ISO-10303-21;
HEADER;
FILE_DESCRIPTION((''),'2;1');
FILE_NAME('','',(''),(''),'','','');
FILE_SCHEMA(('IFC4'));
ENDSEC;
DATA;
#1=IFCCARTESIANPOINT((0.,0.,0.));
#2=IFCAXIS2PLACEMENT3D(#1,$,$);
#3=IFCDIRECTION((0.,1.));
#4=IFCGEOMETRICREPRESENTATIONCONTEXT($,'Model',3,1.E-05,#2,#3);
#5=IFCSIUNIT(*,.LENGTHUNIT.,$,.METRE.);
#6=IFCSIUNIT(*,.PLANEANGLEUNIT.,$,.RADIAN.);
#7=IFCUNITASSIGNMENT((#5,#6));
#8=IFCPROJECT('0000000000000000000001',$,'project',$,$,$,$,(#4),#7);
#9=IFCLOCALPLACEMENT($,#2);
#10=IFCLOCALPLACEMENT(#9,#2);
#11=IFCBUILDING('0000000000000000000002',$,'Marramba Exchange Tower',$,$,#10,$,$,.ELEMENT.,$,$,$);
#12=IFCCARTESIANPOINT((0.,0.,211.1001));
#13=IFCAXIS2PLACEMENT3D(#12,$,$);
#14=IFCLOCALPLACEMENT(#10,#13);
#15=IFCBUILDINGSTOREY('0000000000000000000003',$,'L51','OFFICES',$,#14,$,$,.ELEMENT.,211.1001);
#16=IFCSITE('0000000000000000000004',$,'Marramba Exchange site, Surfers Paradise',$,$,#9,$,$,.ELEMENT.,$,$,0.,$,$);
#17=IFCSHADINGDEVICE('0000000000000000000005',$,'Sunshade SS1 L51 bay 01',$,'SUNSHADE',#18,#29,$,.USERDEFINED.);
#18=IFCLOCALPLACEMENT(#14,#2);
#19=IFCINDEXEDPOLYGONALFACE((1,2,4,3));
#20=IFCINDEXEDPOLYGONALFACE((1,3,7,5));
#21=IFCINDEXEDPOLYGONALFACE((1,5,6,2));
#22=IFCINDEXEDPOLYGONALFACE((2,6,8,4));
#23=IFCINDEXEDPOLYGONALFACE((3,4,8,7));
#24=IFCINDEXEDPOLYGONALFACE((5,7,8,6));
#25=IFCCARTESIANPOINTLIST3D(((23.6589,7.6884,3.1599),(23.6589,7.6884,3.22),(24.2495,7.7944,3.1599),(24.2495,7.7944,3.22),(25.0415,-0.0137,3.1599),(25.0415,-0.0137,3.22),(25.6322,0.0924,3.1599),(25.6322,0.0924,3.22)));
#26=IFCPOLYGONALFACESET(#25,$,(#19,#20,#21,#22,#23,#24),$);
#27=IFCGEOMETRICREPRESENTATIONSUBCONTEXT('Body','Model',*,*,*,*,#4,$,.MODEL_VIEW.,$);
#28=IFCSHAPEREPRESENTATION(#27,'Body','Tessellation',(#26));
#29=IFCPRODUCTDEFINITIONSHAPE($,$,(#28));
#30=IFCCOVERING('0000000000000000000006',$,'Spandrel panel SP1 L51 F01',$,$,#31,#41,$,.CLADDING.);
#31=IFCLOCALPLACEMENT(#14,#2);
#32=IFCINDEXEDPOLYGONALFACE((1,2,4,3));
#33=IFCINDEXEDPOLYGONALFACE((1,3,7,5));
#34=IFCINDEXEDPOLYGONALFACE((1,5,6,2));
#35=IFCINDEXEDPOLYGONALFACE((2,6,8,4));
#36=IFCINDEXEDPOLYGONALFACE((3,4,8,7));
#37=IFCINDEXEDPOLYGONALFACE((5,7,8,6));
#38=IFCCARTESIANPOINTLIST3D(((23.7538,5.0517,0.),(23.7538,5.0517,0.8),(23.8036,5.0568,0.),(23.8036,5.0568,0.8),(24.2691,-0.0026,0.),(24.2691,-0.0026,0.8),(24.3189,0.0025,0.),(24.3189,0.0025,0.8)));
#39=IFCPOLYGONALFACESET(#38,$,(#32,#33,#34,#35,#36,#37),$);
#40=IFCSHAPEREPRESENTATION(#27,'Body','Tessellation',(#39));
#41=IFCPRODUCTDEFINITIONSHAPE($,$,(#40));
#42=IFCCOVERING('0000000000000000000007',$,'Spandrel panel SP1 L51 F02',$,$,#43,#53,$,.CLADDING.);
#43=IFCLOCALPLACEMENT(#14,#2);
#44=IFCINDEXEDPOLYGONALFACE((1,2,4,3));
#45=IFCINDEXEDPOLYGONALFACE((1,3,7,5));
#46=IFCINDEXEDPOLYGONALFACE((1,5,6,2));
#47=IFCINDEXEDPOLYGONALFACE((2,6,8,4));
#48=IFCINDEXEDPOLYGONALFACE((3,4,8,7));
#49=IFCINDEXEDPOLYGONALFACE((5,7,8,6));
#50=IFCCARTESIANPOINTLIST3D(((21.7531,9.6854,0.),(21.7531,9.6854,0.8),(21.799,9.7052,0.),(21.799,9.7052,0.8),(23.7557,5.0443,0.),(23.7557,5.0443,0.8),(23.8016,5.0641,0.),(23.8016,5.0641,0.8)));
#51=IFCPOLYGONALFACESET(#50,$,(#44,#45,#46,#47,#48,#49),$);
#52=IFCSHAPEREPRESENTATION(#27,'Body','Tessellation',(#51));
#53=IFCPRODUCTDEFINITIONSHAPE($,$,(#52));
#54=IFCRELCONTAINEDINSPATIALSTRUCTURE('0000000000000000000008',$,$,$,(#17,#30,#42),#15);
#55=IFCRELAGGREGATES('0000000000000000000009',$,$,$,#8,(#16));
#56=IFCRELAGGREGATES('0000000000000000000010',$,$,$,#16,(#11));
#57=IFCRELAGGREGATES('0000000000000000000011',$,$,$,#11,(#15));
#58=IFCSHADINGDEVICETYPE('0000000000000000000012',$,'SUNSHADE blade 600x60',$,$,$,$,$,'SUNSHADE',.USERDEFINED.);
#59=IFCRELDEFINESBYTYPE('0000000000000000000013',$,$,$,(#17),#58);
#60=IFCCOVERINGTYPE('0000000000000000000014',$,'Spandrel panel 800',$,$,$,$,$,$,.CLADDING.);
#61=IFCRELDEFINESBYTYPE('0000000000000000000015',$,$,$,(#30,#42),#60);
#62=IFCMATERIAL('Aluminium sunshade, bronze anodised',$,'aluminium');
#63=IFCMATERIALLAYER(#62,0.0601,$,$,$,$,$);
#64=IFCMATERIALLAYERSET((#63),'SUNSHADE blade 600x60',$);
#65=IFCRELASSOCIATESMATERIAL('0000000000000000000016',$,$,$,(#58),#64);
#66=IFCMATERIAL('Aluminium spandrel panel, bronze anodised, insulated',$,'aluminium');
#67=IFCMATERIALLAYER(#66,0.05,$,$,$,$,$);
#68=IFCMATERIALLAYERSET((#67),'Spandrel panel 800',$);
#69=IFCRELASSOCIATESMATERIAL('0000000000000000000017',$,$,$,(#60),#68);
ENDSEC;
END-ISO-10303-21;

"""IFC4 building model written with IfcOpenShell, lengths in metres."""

from ifc_helpers import new_model, si_unit, direction, frame, origin, origin_2d, place, context, subcontext, project, spatial, rectangle, extrude, material, layer, layer_set, type_object, element, save


model = new_model("IFC4")

# Units and contexts
model_context = context("Model", 3, precision=1e-05, world=origin(), true_north=direction((0.0, 1.0)))
body_context = subcontext(model_context, "Body", "Model", "MODEL_VIEW")
ifc_project = project(units=[si_unit("LENGTHUNIT", "METRE"), si_unit("PLANEANGLEUNIT", "RADIAN")], contexts=[model_context])

# Site, building, storey
site_placement = place(None, origin())
site = spatial("IfcSite", under=ifc_project, at=site_placement, Name="Marramba Exchange site, Surfers Paradise", CompositionType="ELEMENT", RefElevation=0.0)
building_placement = place(site_placement, origin())
building = spatial("IfcBuilding", under=site, at=building_placement, Name="Marramba Exchange Tower", CompositionType="ELEMENT")
storey_placement = place(building_placement, frame((0.0, 0.0, 211.1001)))
storey = spatial("IfcBuildingStorey", under=building, at=storey_placement, Name="L51", Description="OFFICES", CompositionType="ELEMENT", Elevation=211.1001)

# Shading device
ifc_material_1 = material(Name="Aluminium sunshade, bronze anodised", Category="aluminium")
ifc_layer_1 = layer(ifc_material_1, 0.0601)
ifc_layer_set_1 = layer_set([ifc_layer_1], Name="SUNSHADE blade 600x60")
shading_device_type_1 = type_object("IfcShadingDeviceType", Name="SUNSHADE blade 600x60", ElementType="SUNSHADE", PredefinedType="USERDEFINED", material=ifc_layer_set_1)
shading_device_1_placement = place(storey_placement, frame((24.6455, 3.8904, 3.1599), z_axis=(0.0, 0.0, 1.0), x_axis=(-0.176691, 0.984266, 0.0)))
element("IfcShadingDevice", 1, at=shading_device_1_placement, inside=storey, type_object=shading_device_type_1, Name="Sunshade SS1 L51 bay 01", ObjectType="SUNSHADE", PredefinedType="USERDEFINED", context=body_context, shape_type="SweptSolid", body=[
    extrude(rectangle(XDim=7.8252, YDim=0.6001, at=origin_2d()), origin(), (0.0, 0.0, 1.0), 0.0601),
])

# Coverings
ifc_material_2 = material(Name="Aluminium spandrel panel, bronze anodised, insulated", Category="aluminium")
ifc_layer_2 = layer(ifc_material_2, 0.05)
ifc_layer_set_2 = layer_set([ifc_layer_2], Name="Spandrel panel 800")
covering_type = type_object("IfcCoveringType", Name="Spandrel panel 800", PredefinedType="CLADDING", material=ifc_layer_set_2)
covering_1_placement = place(storey_placement, frame((24.0364, 2.5271, 0.0), z_axis=(0.0, 0.0, 1.0), x_axis=(-0.101422, 0.994843, 0.0)))
element("IfcCovering", 2, at=covering_1_placement, inside=storey, type_object=covering_type, Name="Spandrel panel SP1 L51 F01", PredefinedType="CLADDING", context=body_context, shape_type="SweptSolid", body=[
    extrude(rectangle(XDim=5.0806, YDim=0.05, at=origin_2d()), origin(), (0.0, 0.0, 1.0), 0.8),
])
covering_2_placement = place(storey_placement, frame((22.7773, 7.3748, 0.0), z_axis=(0.0, 0.0, 1.0), x_axis=(-0.396193, 0.918167, 0.0)))
element("IfcCovering", 3, at=covering_2_placement, inside=storey, type_object=covering_type, Name="Spandrel panel SP1 L51 F02", PredefinedType="CLADDING", context=body_context, shape_type="SweptSolid", body=[
    extrude(rectangle(XDim=5.0547, YDim=0.05, at=origin_2d()), origin(), (0.0, 0.0, 1.0), 0.8),
])

save(model, "model.ifc")
